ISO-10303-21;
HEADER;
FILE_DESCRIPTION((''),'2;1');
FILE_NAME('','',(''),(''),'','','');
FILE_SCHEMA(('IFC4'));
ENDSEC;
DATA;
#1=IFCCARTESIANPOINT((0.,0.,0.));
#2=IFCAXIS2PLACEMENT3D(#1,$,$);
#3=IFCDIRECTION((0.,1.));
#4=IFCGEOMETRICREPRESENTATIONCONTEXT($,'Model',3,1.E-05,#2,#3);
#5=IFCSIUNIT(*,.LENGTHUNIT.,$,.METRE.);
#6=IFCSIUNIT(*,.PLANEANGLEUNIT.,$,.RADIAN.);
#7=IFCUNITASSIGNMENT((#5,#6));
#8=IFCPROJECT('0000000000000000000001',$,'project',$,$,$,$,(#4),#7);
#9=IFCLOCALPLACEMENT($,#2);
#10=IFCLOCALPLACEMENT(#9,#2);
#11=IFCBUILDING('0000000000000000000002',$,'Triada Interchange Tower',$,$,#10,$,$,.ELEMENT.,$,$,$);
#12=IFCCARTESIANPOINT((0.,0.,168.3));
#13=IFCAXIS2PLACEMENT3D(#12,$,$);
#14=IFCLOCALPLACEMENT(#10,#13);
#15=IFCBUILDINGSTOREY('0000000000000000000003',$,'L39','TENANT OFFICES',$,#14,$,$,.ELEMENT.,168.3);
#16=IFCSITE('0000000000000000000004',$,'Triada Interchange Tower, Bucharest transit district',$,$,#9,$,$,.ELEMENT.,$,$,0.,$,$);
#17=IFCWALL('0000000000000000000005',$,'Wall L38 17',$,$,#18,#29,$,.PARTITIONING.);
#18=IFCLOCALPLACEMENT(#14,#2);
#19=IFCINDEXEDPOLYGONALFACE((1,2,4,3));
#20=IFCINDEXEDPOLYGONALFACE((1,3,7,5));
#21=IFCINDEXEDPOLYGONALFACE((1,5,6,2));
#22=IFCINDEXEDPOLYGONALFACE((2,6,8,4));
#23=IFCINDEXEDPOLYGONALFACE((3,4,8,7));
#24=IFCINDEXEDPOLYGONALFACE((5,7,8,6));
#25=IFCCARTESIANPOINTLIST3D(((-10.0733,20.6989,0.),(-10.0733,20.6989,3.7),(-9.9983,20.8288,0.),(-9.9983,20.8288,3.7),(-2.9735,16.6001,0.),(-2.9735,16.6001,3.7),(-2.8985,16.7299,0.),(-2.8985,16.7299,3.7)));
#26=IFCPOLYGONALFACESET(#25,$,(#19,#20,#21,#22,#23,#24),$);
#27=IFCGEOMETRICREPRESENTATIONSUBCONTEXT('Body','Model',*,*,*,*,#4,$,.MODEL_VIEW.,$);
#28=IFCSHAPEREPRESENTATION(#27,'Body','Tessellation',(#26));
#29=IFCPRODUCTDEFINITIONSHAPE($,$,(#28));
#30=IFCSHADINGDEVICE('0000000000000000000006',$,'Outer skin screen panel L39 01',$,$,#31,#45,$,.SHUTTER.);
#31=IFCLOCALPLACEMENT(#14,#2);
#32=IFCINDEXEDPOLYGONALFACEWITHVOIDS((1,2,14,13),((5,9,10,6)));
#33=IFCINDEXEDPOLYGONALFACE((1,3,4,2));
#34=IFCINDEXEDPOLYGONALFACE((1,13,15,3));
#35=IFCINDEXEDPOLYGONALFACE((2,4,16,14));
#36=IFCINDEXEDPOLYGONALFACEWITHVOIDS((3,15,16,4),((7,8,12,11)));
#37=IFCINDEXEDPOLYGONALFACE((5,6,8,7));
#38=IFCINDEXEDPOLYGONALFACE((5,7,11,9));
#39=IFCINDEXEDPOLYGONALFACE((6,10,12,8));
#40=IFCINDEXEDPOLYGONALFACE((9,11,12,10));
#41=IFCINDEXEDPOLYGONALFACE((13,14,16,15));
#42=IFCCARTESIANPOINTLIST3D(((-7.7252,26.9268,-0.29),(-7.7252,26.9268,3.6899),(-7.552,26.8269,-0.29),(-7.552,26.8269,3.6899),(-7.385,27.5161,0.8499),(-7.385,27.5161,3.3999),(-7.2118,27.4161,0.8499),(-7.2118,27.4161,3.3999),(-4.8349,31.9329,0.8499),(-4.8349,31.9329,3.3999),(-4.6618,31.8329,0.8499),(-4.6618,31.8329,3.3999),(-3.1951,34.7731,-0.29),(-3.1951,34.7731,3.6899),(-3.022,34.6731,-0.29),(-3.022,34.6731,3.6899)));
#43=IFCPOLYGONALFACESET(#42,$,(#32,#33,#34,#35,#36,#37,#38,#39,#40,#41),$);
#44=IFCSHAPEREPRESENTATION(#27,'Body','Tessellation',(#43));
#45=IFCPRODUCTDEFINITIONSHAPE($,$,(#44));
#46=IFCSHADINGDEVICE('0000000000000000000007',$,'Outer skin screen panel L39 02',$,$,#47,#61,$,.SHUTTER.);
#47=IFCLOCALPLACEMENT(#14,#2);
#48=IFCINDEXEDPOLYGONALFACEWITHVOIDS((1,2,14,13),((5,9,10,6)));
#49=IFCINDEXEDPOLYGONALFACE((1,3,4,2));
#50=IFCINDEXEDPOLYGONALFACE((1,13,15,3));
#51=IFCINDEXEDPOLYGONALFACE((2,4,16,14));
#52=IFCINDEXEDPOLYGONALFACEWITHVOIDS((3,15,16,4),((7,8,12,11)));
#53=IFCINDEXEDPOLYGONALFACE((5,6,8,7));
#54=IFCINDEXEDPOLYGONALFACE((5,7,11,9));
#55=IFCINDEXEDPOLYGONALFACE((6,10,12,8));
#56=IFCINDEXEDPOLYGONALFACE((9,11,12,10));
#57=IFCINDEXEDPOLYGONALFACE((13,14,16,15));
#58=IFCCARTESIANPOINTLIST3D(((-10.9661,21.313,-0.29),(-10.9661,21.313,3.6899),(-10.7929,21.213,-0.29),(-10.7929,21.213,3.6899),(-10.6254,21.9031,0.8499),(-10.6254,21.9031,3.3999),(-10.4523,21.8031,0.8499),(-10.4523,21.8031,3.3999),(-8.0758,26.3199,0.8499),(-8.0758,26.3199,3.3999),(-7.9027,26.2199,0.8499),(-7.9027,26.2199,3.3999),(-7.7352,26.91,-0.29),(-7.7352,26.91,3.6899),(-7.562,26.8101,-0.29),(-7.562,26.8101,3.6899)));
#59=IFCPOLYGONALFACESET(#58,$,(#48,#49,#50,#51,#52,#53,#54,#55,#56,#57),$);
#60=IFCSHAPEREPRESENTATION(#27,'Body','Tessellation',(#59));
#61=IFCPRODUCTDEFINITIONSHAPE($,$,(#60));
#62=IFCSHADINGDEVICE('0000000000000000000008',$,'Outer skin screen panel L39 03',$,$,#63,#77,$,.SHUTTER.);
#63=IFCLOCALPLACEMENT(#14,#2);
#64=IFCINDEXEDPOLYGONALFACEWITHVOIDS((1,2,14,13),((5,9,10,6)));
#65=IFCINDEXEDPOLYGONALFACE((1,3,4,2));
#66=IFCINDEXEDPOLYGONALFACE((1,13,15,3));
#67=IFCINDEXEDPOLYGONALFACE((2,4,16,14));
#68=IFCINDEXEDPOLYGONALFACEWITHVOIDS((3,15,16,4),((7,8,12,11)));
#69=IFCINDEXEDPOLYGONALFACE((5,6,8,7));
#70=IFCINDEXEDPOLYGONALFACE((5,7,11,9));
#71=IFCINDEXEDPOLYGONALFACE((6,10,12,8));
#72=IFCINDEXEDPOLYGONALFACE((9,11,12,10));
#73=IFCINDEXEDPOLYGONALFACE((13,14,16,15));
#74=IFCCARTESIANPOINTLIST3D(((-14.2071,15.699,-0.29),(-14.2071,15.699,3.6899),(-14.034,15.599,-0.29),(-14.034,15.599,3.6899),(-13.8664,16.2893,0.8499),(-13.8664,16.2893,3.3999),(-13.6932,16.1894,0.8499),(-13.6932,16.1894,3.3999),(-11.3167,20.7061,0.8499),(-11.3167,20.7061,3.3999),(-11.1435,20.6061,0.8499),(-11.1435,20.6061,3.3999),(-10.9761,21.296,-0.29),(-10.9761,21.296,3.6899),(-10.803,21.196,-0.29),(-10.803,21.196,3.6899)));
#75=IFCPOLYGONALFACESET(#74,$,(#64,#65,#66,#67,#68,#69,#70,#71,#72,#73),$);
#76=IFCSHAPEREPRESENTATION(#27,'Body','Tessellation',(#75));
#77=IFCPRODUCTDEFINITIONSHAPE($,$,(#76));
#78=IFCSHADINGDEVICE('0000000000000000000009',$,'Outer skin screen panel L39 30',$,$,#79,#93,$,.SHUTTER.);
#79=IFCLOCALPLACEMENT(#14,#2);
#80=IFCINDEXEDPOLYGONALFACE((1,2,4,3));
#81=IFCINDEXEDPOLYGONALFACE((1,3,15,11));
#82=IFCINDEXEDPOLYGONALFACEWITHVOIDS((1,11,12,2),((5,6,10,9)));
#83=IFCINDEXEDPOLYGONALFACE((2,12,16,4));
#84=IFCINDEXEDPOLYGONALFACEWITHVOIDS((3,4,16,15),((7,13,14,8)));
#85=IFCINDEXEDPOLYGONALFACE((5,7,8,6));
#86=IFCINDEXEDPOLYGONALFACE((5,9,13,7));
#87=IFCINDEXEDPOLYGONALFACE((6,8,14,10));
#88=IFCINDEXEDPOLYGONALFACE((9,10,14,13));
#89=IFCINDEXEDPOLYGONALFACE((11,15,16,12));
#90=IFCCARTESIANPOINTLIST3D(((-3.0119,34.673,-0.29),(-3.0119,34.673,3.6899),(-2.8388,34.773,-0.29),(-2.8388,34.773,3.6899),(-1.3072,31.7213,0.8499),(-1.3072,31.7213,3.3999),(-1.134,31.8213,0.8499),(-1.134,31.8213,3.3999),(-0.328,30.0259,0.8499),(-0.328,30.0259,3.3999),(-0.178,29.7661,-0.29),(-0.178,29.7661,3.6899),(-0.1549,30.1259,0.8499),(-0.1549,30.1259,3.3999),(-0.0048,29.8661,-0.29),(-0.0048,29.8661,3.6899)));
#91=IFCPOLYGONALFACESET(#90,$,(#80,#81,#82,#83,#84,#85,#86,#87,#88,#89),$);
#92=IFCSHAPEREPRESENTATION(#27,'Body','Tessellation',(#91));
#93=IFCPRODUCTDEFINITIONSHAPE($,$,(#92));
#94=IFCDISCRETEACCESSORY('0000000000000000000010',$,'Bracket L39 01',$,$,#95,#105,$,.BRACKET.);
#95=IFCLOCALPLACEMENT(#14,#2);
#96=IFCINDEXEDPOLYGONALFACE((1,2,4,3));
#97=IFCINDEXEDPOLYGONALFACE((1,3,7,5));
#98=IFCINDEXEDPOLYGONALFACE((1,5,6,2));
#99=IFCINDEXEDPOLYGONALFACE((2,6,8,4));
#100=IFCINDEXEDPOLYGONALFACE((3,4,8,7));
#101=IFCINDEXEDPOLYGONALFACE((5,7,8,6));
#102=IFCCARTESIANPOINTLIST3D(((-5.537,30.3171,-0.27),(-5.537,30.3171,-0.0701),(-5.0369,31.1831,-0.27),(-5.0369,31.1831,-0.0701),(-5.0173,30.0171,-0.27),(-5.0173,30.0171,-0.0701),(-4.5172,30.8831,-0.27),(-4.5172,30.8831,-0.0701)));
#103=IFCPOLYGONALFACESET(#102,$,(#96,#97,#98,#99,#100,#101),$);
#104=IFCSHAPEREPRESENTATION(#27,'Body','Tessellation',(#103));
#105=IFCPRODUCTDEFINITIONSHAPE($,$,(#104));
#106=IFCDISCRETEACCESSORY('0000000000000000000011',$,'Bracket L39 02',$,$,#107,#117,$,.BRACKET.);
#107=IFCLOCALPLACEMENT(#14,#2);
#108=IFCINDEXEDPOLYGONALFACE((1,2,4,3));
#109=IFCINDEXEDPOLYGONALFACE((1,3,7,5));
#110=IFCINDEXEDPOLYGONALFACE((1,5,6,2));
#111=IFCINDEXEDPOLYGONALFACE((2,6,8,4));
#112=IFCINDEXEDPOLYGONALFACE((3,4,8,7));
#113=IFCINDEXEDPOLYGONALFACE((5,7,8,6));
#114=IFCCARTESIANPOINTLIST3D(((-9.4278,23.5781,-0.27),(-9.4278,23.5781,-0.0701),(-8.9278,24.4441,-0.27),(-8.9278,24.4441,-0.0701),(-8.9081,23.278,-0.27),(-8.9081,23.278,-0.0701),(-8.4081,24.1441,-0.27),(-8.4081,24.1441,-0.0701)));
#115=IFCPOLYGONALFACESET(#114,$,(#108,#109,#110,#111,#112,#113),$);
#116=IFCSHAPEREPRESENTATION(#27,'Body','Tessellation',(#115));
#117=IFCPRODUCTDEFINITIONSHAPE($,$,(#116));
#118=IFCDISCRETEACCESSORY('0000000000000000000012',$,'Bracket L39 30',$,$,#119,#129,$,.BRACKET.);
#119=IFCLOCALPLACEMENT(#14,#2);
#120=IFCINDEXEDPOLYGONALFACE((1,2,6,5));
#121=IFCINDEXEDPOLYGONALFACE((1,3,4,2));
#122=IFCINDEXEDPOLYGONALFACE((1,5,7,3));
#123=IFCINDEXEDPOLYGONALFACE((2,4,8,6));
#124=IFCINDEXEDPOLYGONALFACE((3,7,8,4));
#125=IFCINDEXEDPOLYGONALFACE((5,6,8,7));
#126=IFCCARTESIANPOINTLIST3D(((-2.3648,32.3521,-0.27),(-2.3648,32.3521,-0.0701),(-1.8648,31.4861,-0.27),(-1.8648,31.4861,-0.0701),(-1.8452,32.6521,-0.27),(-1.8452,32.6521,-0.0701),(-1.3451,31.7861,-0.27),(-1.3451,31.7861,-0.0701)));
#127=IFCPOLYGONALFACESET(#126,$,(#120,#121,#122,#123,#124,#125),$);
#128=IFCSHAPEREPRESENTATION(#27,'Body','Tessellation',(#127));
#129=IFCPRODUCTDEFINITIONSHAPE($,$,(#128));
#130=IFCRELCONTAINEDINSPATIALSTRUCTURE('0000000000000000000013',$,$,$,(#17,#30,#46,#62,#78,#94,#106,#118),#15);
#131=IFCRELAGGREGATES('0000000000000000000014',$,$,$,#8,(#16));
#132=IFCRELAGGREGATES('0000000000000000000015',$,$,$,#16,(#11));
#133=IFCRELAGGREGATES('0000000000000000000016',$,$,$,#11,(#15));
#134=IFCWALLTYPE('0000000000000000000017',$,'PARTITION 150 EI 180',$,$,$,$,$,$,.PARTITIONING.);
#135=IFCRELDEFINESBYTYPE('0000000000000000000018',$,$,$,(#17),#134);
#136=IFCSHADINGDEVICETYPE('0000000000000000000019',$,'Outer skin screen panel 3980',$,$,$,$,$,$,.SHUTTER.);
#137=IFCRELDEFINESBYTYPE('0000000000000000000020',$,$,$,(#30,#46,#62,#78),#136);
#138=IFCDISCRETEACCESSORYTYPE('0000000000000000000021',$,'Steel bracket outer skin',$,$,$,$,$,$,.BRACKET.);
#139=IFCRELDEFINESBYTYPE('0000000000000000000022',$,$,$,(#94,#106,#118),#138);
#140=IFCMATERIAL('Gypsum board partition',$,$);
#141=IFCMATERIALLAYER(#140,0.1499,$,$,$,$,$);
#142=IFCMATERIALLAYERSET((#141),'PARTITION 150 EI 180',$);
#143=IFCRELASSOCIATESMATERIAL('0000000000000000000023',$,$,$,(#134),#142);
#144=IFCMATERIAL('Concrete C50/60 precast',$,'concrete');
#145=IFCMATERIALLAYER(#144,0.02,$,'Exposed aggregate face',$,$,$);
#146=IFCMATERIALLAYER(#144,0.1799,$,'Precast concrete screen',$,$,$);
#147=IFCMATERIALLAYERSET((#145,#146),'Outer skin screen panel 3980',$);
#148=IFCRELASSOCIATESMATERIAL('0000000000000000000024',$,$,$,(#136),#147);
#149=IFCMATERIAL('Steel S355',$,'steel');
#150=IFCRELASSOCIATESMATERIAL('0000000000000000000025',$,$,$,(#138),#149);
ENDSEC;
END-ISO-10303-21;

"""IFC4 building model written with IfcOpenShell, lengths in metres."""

from ifc_helpers import new_model, si_unit, direction, frame, frame_2d, origin, origin_2d, place, context, subcontext, project, spatial, polyline, rectangle, outline, extrude, material, layer, layer_set, type_object, element, save


model = new_model("IFC4")

# Units and contexts
model_context = context("Model", 3, precision=1e-05, world=origin(), true_north=direction((0.0, 1.0)))
body_context = subcontext(model_context, "Body", "Model", "MODEL_VIEW")
ifc_project = project(units=[si_unit("LENGTHUNIT", "METRE"), si_unit("PLANEANGLEUNIT", "RADIAN")], contexts=[model_context])

# Site, building, storey
site_placement = place(None, origin())
site = spatial("IfcSite", under=ifc_project, at=site_placement, Name="Triada Interchange Tower, Bucharest transit district", CompositionType="ELEMENT", RefElevation=0.0)
building_placement = place(site_placement, origin())
building = spatial("IfcBuilding", under=site, at=building_placement, Name="Triada Interchange Tower", CompositionType="ELEMENT")
storey_placement = place(building_placement, frame((0.0, 0.0, 168.3)))
storey = spatial("IfcBuildingStorey", under=building, at=storey_placement, Name="L39", Description="TENANT OFFICES", CompositionType="ELEMENT", Elevation=168.3)

# Wall
ifc_material_1 = material(Name="Gypsum board partition")
ifc_layer_1 = layer(ifc_material_1, 0.1499)
ifc_layer_set_1 = layer_set([ifc_layer_1], Name="PARTITION 150 EI 180")
wall_type_1 = type_object("IfcWallType", Name="PARTITION 150 EI 180", PredefinedType="PARTITIONING", material=ifc_layer_set_1)
wall_1_placement = place(storey_placement, frame((-10.0359, 20.7639, 0.0), z_axis=(0.0, 0.0, 1.0), x_axis=(0.866037, -0.499979, 0.0)))
element("IfcWall", 1, at=wall_1_placement, inside=storey, type_object=wall_type_1, Name="Wall L38 17", PredefinedType="PARTITIONING", context=body_context, shape_type="SweptSolid", body=[
    extrude(rectangle(XDim=8.198, YDim=0.1499, at=frame_2d((4.0991, 0.0))), origin(), (0.0, 0.0, 1.0), 3.7),
])

# Shading devices
ifc_material_2 = material(Name="Concrete C50/60 precast", Category="concrete")
ifc_layer_2 = layer(ifc_material_2, 0.02, Name="Exposed aggregate face")
ifc_layer_3 = layer(ifc_material_2, 0.1799, Name="Precast concrete screen")
ifc_layer_set_2 = layer_set([ifc_layer_2, ifc_layer_3], Name="Outer skin screen panel 3980")
shading_device_type = type_object("IfcShadingDeviceType", Name="Outer skin screen panel 3980", PredefinedType="SHUTTER", material=ifc_layer_set_2)
shading_device_1_placement = place(storey_placement, frame((-3.022, 34.6731, -0.29), z_axis=(0.0, 0.0, 1.0), x_axis=(-0.500002, -0.866024, 0.0)))
element("IfcShadingDevice", 2, at=shading_device_1_placement, inside=storey, type_object=shading_device_type, Name="Outer skin screen panel L39 01", PredefinedType="SHUTTER", context=body_context, shape_type="SweptSolid", body=[
    extrude(outline(polyline([(0.0, 0.0), (9.0601, 0.0), (9.0601, 3.98), (0.0, 3.98), (0.0, 0.0)]), holes=[polyline([(3.2795, 1.1399), (3.2795, 3.6899), (8.3796, 3.6899), (8.3796, 1.1399), (3.2795, 1.1399)])]), frame((0.0, 0.0, 0.0), z_axis=(0.0, -1.0, 0.0), x_axis=(1.0, 0.0, 0.0)), (0.0, 0.0, 1.0), 0.2),
])
shading_device_2_placement = place(storey_placement, frame((-7.562, 26.8101, -0.29), z_axis=(0.0, 0.0, 1.0), x_axis=(-0.499934, -0.866064, 0.0)))
element("IfcShadingDevice", 3, at=shading_device_2_placement, inside=storey, type_object=shading_device_type, Name="Outer skin screen panel L39 02", PredefinedType="SHUTTER", context=body_context, shape_type="SweptSolid", body=[
    extrude(outline(polyline([(0.0, 0.0), (6.4626, 0.0), (6.4626, 3.98), (0.0, 3.98), (0.0, 0.0)]), holes=[polyline([(0.6814, 1.1399), (0.6814, 3.6899), (5.7812, 3.6899), (5.7812, 1.1399), (0.6814, 1.1399)])]), frame((0.0, 0.0, 0.0), z_axis=(0.0, -1.0, 0.0), x_axis=(1.0, 0.0, 0.0)), (0.0, 0.0, 1.0), 0.2),
])
shading_device_3_placement = place(storey_placement, frame((-10.803, 21.196, -0.29), z_axis=(0.0, 0.0, 1.0), x_axis=(-0.49995, -0.866054, 0.0)))
element("IfcShadingDevice", 4, at=shading_device_3_placement, inside=storey, type_object=shading_device_type, Name="Outer skin screen panel L39 03", PredefinedType="SHUTTER", context=body_context, shape_type="SweptSolid", body=[
    extrude(outline(polyline([(0.0, 0.0), (6.4626, 0.0), (6.4626, 3.98), (0.0, 3.98), (0.0, 0.0)]), holes=[polyline([(0.6812, 1.1399), (0.6812, 3.6899), (5.781, 3.6899), (5.781, 1.1399), (0.6812, 1.1399)])]), frame((0.0, 0.0, 0.0), z_axis=(0.0, -1.0, 0.0), x_axis=(1.0, 0.0, 0.0)), (0.0, 0.0, 1.0), 0.2),
])
shading_device_4_placement = place(storey_placement, frame((-0.178, 29.7661, -0.29), z_axis=(0.0, 0.0, 1.0), x_axis=(-0.500124, 0.865954, 0.0)))
element("IfcShadingDevice", 5, at=shading_device_4_placement, inside=storey, type_object=shading_device_type, Name="Outer skin screen panel L39 30", PredefinedType="SHUTTER", context=body_context, shape_type="SweptSolid", body=[
    extrude(outline(polyline([(0.0, 0.0), (5.6665, 0.0), (5.6665, 3.98), (0.0, 3.98), (0.0, 0.0)]), holes=[polyline([(0.3, 1.1399), (0.3, 3.6899), (2.2578, 3.6899), (2.2578, 1.1399), (0.3, 1.1399)])]), frame((0.0, 0.0, 0.0), z_axis=(0.0, -1.0, 0.0), x_axis=(1.0, 0.0, 0.0)), (0.0, 0.0, 1.0), 0.2),
])

# Discrete accessories
ifc_material_3 = material(Name="Steel S355", Category="steel")
discrete_accessory_type = type_object("IfcDiscreteAccessoryType", Name="Steel bracket outer skin", PredefinedType="BRACKET", material=ifc_material_3)
for number, where, z_axis, x_axis, name in (
    (6, (-5.0271, 30.6001, -0.27), (0.0, 0.0, 1.0), (-0.866023, 0.500005, 0.0), "Bracket L39 01"),
    (7, (-8.918, 23.8611, -0.27), (0.0, 0.0, 1.0), (-0.866023, 0.500005, 0.0), "Bracket L39 02"),
    (8, (-1.855, 32.0691, -0.27), (0.0, 0.0, 1.0), (0.866001, 0.500043, 0.0), "Bracket L39 30"),
):
    element("IfcDiscreteAccessory", number, at=place(storey_placement, frame(where, z_axis=z_axis, x_axis=x_axis)), inside=storey, type_object=discrete_accessory_type, Name=name, PredefinedType="BRACKET", context=body_context, shape_type="SweptSolid", body=[
        extrude(rectangle(XDim=0.6001, YDim=1.0, at=origin_2d()), origin(), (0.0, 0.0, 1.0), 0.2),
    ])

save(model, "model.ifc")
